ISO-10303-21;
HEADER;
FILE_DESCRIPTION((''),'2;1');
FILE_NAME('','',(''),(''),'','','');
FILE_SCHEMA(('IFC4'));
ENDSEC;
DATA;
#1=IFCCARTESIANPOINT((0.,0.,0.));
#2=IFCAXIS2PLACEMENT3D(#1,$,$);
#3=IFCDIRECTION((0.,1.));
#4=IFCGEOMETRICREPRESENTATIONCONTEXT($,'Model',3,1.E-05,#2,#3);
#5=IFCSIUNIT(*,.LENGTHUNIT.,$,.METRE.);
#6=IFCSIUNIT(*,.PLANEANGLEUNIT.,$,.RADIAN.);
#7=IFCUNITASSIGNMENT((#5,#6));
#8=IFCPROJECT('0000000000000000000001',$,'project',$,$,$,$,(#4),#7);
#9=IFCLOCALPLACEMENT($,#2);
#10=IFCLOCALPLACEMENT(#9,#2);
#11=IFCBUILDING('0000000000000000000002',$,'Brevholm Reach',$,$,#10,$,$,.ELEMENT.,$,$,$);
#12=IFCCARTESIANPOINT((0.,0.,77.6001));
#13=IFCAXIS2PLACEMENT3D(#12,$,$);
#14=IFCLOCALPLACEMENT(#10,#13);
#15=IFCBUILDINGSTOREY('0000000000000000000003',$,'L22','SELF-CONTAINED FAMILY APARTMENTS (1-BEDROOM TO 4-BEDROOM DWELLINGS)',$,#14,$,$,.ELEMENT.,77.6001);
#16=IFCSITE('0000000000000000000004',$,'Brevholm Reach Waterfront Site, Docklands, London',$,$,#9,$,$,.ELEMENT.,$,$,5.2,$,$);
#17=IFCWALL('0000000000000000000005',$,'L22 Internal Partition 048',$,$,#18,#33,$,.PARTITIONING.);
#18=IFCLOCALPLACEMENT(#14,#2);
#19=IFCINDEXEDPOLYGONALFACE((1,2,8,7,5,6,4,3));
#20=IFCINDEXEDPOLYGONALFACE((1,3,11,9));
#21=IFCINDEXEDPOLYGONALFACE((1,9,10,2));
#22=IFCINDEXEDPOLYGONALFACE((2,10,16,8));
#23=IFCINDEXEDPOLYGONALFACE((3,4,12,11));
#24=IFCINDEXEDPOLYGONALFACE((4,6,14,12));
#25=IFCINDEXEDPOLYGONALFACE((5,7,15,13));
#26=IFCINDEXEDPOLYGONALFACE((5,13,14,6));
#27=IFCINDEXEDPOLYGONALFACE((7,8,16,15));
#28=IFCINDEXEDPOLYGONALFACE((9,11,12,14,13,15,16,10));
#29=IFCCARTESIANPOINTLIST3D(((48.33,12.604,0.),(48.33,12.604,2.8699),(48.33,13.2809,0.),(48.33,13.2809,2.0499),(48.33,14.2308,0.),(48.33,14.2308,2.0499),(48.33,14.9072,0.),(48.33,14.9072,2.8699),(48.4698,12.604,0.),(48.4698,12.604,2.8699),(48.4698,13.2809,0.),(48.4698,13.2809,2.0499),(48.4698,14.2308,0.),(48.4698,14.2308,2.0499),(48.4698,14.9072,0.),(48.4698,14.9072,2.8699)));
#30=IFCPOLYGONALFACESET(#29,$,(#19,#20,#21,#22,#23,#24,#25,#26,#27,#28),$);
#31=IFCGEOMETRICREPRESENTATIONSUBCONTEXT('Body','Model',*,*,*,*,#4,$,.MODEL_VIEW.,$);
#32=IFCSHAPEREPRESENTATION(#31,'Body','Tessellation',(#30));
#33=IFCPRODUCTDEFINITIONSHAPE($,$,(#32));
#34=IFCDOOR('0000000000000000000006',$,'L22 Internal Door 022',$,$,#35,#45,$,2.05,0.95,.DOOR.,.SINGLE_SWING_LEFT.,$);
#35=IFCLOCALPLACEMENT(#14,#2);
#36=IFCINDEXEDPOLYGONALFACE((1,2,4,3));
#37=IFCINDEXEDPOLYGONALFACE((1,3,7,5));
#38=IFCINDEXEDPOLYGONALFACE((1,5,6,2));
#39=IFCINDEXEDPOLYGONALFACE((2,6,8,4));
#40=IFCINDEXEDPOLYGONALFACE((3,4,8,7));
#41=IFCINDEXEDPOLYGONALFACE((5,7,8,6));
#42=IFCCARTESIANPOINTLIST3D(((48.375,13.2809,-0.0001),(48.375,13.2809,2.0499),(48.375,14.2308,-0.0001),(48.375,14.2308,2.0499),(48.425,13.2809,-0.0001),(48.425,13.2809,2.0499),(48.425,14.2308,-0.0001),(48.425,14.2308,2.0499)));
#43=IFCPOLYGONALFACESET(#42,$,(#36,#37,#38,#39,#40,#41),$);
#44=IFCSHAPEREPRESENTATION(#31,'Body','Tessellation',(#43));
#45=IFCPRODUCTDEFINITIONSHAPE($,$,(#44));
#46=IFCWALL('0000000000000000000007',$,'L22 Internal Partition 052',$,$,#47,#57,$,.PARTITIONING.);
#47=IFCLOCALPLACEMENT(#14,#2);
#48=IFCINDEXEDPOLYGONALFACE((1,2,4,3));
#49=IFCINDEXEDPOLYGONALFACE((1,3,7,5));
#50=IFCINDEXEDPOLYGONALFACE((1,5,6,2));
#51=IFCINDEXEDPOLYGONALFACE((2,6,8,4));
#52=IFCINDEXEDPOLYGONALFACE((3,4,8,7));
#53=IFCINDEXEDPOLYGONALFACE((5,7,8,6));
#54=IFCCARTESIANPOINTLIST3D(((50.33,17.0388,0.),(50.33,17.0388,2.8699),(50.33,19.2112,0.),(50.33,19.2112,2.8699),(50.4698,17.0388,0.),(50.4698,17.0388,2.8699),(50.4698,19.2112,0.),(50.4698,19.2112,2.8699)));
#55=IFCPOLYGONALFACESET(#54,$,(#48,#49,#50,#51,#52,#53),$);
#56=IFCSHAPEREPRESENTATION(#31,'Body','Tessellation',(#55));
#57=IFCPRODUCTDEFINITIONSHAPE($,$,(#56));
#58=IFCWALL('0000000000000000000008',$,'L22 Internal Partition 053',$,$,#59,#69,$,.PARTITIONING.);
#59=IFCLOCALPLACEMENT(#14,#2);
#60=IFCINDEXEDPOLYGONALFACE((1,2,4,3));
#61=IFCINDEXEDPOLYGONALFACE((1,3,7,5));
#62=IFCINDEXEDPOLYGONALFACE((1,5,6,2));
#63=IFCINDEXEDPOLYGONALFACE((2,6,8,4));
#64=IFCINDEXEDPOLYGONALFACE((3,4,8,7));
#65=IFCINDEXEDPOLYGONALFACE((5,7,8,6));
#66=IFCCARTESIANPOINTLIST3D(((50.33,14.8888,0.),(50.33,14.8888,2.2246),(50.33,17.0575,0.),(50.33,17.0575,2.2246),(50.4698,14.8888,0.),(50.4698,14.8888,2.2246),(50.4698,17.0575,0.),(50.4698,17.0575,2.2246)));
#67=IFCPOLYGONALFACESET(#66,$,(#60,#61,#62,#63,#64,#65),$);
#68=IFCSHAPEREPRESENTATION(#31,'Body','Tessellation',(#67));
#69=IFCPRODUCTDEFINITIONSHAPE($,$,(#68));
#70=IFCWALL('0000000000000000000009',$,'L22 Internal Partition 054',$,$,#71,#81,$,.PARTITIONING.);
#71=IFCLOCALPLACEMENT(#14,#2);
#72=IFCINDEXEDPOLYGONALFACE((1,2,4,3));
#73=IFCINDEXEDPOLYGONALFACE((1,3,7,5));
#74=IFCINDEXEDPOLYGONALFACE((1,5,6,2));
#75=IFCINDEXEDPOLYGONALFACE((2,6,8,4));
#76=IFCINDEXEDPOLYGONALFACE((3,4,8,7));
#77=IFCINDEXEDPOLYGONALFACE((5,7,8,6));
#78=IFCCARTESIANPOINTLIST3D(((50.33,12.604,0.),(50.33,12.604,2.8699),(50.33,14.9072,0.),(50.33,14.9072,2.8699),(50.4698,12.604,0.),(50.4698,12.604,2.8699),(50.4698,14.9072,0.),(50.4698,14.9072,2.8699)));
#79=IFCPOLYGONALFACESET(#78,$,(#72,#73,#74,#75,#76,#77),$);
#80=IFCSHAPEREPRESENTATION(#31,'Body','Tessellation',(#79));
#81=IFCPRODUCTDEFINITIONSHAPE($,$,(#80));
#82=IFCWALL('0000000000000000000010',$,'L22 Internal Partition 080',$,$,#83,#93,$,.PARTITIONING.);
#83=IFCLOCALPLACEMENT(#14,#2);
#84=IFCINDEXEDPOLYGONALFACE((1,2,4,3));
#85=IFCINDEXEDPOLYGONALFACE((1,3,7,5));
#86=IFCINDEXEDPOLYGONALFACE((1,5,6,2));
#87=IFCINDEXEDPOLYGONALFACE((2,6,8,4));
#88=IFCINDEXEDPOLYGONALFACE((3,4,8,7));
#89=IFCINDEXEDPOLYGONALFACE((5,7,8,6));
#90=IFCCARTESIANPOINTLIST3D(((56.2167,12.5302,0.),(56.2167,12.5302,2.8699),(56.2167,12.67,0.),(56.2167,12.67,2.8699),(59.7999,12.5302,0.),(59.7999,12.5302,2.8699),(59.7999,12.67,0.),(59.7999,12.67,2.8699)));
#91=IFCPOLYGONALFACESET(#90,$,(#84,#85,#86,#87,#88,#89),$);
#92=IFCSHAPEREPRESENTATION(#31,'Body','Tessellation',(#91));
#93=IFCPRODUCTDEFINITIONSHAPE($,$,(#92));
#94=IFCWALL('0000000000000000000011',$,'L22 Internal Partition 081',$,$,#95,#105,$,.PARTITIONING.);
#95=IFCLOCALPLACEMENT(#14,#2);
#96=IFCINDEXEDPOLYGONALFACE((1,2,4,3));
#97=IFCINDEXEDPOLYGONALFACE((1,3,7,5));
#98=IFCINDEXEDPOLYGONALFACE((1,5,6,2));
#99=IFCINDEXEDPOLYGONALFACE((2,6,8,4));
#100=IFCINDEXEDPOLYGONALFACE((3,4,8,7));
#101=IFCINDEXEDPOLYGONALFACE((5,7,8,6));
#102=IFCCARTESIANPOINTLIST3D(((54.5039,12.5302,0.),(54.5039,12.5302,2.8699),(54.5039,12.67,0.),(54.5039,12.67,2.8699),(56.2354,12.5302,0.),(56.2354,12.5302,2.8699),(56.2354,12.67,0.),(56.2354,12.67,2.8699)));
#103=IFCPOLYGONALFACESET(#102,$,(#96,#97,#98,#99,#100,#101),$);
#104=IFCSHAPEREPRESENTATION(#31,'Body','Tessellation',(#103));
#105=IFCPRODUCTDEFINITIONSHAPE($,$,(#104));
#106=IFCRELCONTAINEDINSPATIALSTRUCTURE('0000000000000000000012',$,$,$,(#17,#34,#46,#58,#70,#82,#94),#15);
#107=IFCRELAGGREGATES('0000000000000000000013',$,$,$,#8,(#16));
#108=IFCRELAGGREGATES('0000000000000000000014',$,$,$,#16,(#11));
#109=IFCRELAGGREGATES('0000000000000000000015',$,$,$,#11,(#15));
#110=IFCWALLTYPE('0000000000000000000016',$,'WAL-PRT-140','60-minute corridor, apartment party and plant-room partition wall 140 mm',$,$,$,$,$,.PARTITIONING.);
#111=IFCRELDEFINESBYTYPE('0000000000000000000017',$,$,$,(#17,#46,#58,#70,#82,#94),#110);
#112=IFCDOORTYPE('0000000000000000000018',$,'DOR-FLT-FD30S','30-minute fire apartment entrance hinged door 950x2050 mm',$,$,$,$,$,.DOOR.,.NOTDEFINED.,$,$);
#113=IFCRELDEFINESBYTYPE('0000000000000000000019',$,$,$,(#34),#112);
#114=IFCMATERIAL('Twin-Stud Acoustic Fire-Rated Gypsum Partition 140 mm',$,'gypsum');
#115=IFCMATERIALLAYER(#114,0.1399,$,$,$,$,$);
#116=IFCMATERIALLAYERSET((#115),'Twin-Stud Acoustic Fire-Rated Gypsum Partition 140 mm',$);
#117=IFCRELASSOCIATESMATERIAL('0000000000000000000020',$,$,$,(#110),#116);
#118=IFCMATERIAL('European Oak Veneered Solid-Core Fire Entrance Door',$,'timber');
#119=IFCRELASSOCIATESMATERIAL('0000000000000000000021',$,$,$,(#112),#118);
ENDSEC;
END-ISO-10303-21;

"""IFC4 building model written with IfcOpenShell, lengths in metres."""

from ifc_helpers import new_model, si_unit, direction, frame, frame_2d, origin, place, context, subcontext, project, spatial, rectangle, extrude, material, layer, layer_set, type_object, element, fill, save


model = new_model("IFC4")

# Units and contexts
model_context = context("Model", 3, precision=1e-05, world=origin(), true_north=direction((0.0, 1.0)))
body_context = subcontext(model_context, "Body", "Model", "MODEL_VIEW")
ifc_project = project(units=[si_unit("LENGTHUNIT", "METRE"), si_unit("PLANEANGLEUNIT", "RADIAN")], contexts=[model_context])

# Site, building, storey
site_placement = place(None, origin())
site = spatial("IfcSite", under=ifc_project, at=site_placement, Name="Brevholm Reach Waterfront Site, Docklands, London", CompositionType="ELEMENT", RefElevation=5.2)
building_placement = place(site_placement, origin())
building = spatial("IfcBuilding", under=site, at=building_placement, Name="Brevholm Reach", CompositionType="ELEMENT")
storey_placement = place(building_placement, frame((0.0, 0.0, 77.6001)))
storey = spatial("IfcBuildingStorey", under=building, at=storey_placement, Name="L22", Description="SELF-CONTAINED FAMILY APARTMENTS (1-BEDROOM TO 4-BEDROOM DWELLINGS)", CompositionType="ELEMENT", Elevation=77.6001)

# Shared definitions
ifc_material_1 = material(Name="Twin-Stud Acoustic Fire-Rated Gypsum Partition 140 mm", Category="gypsum")
ifc_layer_1 = layer(ifc_material_1, 0.1399)
ifc_layer_set_1 = layer_set([ifc_layer_1], Name="Twin-Stud Acoustic Fire-Rated Gypsum Partition 140 mm")
wall_type_1 = type_object("IfcWallType", Name="WAL-PRT-140", Description="60-minute corridor, apartment party and plant-room partition wall 140 mm", PredefinedType="PARTITIONING", material=ifc_layer_set_1)
ifc_material_2 = material(Name="European Oak Veneered Solid-Core Fire Entrance Door", Category="timber")
door_type_1 = type_object("IfcDoorType", Name="DOR-FLT-FD30S", Description="30-minute fire apartment entrance hinged door 950x2050 mm", OperationType="NOTDEFINED", PredefinedType="DOOR", material=ifc_material_2)

# Wall, opening, door
wall_1_placement = place(storey_placement, frame((48.3999, 12.604, 0.0), z_axis=(0.0, 0.0, 1.0), x_axis=(0.0, 1.0, 0.0)))
wall_1 = element("IfcWall", 1, at=wall_1_placement, inside=storey, type_object=wall_type_1, Name="L22 Internal Partition 048", PredefinedType="PARTITIONING", context=body_context, shape_type="SweptSolid", body=[
    extrude(rectangle(XDim=2.3032, YDim=0.1399, at=frame_2d((1.1516, 0.0))), origin(), (0.0, 0.0, 1.0), 2.8699),
])
opening_1_placement = place(wall_1_placement, frame((0.6768, 0.0, 0.0)))
opening_1 = element("IfcOpeningElement", 2, at=opening_1_placement, cuts=wall_1, PredefinedType="OPENING", context=body_context, shape_type="SweptSolid", body=[
    extrude(rectangle(XDim=0.95, YDim=2.05, at=frame_2d((0.4751, 1.0249))), frame((0.0, 0.0798, 0.0), z_axis=(0.0, -1.0, 0.0), x_axis=(1.0, 0.0, 0.0)), (0.0, 0.0, 1.0), 0.1599),
])
door_1_placement = place(opening_1_placement, origin())
door_1 = element("IfcDoor", 3, at=door_1_placement, inside=storey, type_object=door_type_1, Name="L22 Internal Door 022", OperationType="SINGLE_SWING_LEFT", OverallHeight=2.05, OverallWidth=0.95, PredefinedType="DOOR", context=body_context, shape_type="SweptSolid", body=[
    extrude(rectangle(XDim=0.95, YDim=2.05, at=frame_2d((0.4751, 1.0249))), frame((0.0, 0.0249, 0.0), z_axis=(0.0, -1.0, 0.0), x_axis=(1.0, 0.0, 0.0)), (0.0, 0.0, 1.0), 0.05),
])
fill(opening_1, door_1)

# Walls
wall_2_placement = place(storey_placement, frame((50.3999, 17.0388, 0.0), z_axis=(0.0, 0.0, 1.0), x_axis=(0.0, 1.0, 0.0)))
element("IfcWall", 4, at=wall_2_placement, inside=storey, type_object=wall_type_1, Name="L22 Internal Partition 052", PredefinedType="PARTITIONING", context=body_context, shape_type="SweptSolid", body=[
    extrude(rectangle(XDim=2.1724, YDim=0.1399, at=frame_2d((1.0862, 0.0))), origin(), (0.0, 0.0, 1.0), 2.8699),
])
wall_3_placement = place(storey_placement, frame((50.3999, 14.8887, 0.0), z_axis=(0.0, 0.0, 1.0), x_axis=(0.0, 1.0, 0.0)))
element("IfcWall", 5, at=wall_3_placement, inside=storey, type_object=wall_type_1, Name="L22 Internal Partition 053", PredefinedType="PARTITIONING", context=body_context, shape_type="SweptSolid", body=[
    extrude(rectangle(XDim=2.1687, YDim=0.1399, at=frame_2d((1.0845, 0.0))), origin(), (0.0, 0.0, 1.0), 2.2246),
])
wall_4_placement = place(storey_placement, frame((50.3999, 12.604, 0.0), z_axis=(0.0, 0.0, 1.0), x_axis=(0.0, 1.0, 0.0)))
element("IfcWall", 6, at=wall_4_placement, inside=storey, type_object=wall_type_1, Name="L22 Internal Partition 054", PredefinedType="PARTITIONING", context=body_context, shape_type="SweptSolid", body=[
    extrude(rectangle(XDim=2.3032, YDim=0.1399, at=frame_2d((1.1516, 0.0))), origin(), (0.0, 0.0, 1.0), 2.8699),
])
wall_5_placement = place(storey_placement, frame((56.2168, 12.6001, 0.0), z_axis=(0.0, 0.0, 1.0), x_axis=(1.0, 0.0, 0.0)))
element("IfcWall", 7, at=wall_5_placement, inside=storey, type_object=wall_type_1, Name="L22 Internal Partition 080", PredefinedType="PARTITIONING", context=body_context, shape_type="SweptSolid", body=[
    extrude(rectangle(XDim=3.5833, YDim=0.1399, at=frame_2d((1.7915, 0.0))), origin(), (0.0, 0.0, 1.0), 2.8699),
])
wall_6_placement = place(storey_placement, frame((54.5039, 12.6001, 0.0), z_axis=(0.0, 0.0, 1.0), x_axis=(1.0, 0.0, 0.0)))
element("IfcWall", 8, at=wall_6_placement, inside=storey, type_object=wall_type_1, Name="L22 Internal Partition 081", PredefinedType="PARTITIONING", context=body_context, shape_type="SweptSolid", body=[
    extrude(rectangle(XDim=1.7314, YDim=0.1399, at=frame_2d((0.8657, 0.0))), origin(), (0.0, 0.0, 1.0), 2.8699),
])

save(model, "model.ifc")
